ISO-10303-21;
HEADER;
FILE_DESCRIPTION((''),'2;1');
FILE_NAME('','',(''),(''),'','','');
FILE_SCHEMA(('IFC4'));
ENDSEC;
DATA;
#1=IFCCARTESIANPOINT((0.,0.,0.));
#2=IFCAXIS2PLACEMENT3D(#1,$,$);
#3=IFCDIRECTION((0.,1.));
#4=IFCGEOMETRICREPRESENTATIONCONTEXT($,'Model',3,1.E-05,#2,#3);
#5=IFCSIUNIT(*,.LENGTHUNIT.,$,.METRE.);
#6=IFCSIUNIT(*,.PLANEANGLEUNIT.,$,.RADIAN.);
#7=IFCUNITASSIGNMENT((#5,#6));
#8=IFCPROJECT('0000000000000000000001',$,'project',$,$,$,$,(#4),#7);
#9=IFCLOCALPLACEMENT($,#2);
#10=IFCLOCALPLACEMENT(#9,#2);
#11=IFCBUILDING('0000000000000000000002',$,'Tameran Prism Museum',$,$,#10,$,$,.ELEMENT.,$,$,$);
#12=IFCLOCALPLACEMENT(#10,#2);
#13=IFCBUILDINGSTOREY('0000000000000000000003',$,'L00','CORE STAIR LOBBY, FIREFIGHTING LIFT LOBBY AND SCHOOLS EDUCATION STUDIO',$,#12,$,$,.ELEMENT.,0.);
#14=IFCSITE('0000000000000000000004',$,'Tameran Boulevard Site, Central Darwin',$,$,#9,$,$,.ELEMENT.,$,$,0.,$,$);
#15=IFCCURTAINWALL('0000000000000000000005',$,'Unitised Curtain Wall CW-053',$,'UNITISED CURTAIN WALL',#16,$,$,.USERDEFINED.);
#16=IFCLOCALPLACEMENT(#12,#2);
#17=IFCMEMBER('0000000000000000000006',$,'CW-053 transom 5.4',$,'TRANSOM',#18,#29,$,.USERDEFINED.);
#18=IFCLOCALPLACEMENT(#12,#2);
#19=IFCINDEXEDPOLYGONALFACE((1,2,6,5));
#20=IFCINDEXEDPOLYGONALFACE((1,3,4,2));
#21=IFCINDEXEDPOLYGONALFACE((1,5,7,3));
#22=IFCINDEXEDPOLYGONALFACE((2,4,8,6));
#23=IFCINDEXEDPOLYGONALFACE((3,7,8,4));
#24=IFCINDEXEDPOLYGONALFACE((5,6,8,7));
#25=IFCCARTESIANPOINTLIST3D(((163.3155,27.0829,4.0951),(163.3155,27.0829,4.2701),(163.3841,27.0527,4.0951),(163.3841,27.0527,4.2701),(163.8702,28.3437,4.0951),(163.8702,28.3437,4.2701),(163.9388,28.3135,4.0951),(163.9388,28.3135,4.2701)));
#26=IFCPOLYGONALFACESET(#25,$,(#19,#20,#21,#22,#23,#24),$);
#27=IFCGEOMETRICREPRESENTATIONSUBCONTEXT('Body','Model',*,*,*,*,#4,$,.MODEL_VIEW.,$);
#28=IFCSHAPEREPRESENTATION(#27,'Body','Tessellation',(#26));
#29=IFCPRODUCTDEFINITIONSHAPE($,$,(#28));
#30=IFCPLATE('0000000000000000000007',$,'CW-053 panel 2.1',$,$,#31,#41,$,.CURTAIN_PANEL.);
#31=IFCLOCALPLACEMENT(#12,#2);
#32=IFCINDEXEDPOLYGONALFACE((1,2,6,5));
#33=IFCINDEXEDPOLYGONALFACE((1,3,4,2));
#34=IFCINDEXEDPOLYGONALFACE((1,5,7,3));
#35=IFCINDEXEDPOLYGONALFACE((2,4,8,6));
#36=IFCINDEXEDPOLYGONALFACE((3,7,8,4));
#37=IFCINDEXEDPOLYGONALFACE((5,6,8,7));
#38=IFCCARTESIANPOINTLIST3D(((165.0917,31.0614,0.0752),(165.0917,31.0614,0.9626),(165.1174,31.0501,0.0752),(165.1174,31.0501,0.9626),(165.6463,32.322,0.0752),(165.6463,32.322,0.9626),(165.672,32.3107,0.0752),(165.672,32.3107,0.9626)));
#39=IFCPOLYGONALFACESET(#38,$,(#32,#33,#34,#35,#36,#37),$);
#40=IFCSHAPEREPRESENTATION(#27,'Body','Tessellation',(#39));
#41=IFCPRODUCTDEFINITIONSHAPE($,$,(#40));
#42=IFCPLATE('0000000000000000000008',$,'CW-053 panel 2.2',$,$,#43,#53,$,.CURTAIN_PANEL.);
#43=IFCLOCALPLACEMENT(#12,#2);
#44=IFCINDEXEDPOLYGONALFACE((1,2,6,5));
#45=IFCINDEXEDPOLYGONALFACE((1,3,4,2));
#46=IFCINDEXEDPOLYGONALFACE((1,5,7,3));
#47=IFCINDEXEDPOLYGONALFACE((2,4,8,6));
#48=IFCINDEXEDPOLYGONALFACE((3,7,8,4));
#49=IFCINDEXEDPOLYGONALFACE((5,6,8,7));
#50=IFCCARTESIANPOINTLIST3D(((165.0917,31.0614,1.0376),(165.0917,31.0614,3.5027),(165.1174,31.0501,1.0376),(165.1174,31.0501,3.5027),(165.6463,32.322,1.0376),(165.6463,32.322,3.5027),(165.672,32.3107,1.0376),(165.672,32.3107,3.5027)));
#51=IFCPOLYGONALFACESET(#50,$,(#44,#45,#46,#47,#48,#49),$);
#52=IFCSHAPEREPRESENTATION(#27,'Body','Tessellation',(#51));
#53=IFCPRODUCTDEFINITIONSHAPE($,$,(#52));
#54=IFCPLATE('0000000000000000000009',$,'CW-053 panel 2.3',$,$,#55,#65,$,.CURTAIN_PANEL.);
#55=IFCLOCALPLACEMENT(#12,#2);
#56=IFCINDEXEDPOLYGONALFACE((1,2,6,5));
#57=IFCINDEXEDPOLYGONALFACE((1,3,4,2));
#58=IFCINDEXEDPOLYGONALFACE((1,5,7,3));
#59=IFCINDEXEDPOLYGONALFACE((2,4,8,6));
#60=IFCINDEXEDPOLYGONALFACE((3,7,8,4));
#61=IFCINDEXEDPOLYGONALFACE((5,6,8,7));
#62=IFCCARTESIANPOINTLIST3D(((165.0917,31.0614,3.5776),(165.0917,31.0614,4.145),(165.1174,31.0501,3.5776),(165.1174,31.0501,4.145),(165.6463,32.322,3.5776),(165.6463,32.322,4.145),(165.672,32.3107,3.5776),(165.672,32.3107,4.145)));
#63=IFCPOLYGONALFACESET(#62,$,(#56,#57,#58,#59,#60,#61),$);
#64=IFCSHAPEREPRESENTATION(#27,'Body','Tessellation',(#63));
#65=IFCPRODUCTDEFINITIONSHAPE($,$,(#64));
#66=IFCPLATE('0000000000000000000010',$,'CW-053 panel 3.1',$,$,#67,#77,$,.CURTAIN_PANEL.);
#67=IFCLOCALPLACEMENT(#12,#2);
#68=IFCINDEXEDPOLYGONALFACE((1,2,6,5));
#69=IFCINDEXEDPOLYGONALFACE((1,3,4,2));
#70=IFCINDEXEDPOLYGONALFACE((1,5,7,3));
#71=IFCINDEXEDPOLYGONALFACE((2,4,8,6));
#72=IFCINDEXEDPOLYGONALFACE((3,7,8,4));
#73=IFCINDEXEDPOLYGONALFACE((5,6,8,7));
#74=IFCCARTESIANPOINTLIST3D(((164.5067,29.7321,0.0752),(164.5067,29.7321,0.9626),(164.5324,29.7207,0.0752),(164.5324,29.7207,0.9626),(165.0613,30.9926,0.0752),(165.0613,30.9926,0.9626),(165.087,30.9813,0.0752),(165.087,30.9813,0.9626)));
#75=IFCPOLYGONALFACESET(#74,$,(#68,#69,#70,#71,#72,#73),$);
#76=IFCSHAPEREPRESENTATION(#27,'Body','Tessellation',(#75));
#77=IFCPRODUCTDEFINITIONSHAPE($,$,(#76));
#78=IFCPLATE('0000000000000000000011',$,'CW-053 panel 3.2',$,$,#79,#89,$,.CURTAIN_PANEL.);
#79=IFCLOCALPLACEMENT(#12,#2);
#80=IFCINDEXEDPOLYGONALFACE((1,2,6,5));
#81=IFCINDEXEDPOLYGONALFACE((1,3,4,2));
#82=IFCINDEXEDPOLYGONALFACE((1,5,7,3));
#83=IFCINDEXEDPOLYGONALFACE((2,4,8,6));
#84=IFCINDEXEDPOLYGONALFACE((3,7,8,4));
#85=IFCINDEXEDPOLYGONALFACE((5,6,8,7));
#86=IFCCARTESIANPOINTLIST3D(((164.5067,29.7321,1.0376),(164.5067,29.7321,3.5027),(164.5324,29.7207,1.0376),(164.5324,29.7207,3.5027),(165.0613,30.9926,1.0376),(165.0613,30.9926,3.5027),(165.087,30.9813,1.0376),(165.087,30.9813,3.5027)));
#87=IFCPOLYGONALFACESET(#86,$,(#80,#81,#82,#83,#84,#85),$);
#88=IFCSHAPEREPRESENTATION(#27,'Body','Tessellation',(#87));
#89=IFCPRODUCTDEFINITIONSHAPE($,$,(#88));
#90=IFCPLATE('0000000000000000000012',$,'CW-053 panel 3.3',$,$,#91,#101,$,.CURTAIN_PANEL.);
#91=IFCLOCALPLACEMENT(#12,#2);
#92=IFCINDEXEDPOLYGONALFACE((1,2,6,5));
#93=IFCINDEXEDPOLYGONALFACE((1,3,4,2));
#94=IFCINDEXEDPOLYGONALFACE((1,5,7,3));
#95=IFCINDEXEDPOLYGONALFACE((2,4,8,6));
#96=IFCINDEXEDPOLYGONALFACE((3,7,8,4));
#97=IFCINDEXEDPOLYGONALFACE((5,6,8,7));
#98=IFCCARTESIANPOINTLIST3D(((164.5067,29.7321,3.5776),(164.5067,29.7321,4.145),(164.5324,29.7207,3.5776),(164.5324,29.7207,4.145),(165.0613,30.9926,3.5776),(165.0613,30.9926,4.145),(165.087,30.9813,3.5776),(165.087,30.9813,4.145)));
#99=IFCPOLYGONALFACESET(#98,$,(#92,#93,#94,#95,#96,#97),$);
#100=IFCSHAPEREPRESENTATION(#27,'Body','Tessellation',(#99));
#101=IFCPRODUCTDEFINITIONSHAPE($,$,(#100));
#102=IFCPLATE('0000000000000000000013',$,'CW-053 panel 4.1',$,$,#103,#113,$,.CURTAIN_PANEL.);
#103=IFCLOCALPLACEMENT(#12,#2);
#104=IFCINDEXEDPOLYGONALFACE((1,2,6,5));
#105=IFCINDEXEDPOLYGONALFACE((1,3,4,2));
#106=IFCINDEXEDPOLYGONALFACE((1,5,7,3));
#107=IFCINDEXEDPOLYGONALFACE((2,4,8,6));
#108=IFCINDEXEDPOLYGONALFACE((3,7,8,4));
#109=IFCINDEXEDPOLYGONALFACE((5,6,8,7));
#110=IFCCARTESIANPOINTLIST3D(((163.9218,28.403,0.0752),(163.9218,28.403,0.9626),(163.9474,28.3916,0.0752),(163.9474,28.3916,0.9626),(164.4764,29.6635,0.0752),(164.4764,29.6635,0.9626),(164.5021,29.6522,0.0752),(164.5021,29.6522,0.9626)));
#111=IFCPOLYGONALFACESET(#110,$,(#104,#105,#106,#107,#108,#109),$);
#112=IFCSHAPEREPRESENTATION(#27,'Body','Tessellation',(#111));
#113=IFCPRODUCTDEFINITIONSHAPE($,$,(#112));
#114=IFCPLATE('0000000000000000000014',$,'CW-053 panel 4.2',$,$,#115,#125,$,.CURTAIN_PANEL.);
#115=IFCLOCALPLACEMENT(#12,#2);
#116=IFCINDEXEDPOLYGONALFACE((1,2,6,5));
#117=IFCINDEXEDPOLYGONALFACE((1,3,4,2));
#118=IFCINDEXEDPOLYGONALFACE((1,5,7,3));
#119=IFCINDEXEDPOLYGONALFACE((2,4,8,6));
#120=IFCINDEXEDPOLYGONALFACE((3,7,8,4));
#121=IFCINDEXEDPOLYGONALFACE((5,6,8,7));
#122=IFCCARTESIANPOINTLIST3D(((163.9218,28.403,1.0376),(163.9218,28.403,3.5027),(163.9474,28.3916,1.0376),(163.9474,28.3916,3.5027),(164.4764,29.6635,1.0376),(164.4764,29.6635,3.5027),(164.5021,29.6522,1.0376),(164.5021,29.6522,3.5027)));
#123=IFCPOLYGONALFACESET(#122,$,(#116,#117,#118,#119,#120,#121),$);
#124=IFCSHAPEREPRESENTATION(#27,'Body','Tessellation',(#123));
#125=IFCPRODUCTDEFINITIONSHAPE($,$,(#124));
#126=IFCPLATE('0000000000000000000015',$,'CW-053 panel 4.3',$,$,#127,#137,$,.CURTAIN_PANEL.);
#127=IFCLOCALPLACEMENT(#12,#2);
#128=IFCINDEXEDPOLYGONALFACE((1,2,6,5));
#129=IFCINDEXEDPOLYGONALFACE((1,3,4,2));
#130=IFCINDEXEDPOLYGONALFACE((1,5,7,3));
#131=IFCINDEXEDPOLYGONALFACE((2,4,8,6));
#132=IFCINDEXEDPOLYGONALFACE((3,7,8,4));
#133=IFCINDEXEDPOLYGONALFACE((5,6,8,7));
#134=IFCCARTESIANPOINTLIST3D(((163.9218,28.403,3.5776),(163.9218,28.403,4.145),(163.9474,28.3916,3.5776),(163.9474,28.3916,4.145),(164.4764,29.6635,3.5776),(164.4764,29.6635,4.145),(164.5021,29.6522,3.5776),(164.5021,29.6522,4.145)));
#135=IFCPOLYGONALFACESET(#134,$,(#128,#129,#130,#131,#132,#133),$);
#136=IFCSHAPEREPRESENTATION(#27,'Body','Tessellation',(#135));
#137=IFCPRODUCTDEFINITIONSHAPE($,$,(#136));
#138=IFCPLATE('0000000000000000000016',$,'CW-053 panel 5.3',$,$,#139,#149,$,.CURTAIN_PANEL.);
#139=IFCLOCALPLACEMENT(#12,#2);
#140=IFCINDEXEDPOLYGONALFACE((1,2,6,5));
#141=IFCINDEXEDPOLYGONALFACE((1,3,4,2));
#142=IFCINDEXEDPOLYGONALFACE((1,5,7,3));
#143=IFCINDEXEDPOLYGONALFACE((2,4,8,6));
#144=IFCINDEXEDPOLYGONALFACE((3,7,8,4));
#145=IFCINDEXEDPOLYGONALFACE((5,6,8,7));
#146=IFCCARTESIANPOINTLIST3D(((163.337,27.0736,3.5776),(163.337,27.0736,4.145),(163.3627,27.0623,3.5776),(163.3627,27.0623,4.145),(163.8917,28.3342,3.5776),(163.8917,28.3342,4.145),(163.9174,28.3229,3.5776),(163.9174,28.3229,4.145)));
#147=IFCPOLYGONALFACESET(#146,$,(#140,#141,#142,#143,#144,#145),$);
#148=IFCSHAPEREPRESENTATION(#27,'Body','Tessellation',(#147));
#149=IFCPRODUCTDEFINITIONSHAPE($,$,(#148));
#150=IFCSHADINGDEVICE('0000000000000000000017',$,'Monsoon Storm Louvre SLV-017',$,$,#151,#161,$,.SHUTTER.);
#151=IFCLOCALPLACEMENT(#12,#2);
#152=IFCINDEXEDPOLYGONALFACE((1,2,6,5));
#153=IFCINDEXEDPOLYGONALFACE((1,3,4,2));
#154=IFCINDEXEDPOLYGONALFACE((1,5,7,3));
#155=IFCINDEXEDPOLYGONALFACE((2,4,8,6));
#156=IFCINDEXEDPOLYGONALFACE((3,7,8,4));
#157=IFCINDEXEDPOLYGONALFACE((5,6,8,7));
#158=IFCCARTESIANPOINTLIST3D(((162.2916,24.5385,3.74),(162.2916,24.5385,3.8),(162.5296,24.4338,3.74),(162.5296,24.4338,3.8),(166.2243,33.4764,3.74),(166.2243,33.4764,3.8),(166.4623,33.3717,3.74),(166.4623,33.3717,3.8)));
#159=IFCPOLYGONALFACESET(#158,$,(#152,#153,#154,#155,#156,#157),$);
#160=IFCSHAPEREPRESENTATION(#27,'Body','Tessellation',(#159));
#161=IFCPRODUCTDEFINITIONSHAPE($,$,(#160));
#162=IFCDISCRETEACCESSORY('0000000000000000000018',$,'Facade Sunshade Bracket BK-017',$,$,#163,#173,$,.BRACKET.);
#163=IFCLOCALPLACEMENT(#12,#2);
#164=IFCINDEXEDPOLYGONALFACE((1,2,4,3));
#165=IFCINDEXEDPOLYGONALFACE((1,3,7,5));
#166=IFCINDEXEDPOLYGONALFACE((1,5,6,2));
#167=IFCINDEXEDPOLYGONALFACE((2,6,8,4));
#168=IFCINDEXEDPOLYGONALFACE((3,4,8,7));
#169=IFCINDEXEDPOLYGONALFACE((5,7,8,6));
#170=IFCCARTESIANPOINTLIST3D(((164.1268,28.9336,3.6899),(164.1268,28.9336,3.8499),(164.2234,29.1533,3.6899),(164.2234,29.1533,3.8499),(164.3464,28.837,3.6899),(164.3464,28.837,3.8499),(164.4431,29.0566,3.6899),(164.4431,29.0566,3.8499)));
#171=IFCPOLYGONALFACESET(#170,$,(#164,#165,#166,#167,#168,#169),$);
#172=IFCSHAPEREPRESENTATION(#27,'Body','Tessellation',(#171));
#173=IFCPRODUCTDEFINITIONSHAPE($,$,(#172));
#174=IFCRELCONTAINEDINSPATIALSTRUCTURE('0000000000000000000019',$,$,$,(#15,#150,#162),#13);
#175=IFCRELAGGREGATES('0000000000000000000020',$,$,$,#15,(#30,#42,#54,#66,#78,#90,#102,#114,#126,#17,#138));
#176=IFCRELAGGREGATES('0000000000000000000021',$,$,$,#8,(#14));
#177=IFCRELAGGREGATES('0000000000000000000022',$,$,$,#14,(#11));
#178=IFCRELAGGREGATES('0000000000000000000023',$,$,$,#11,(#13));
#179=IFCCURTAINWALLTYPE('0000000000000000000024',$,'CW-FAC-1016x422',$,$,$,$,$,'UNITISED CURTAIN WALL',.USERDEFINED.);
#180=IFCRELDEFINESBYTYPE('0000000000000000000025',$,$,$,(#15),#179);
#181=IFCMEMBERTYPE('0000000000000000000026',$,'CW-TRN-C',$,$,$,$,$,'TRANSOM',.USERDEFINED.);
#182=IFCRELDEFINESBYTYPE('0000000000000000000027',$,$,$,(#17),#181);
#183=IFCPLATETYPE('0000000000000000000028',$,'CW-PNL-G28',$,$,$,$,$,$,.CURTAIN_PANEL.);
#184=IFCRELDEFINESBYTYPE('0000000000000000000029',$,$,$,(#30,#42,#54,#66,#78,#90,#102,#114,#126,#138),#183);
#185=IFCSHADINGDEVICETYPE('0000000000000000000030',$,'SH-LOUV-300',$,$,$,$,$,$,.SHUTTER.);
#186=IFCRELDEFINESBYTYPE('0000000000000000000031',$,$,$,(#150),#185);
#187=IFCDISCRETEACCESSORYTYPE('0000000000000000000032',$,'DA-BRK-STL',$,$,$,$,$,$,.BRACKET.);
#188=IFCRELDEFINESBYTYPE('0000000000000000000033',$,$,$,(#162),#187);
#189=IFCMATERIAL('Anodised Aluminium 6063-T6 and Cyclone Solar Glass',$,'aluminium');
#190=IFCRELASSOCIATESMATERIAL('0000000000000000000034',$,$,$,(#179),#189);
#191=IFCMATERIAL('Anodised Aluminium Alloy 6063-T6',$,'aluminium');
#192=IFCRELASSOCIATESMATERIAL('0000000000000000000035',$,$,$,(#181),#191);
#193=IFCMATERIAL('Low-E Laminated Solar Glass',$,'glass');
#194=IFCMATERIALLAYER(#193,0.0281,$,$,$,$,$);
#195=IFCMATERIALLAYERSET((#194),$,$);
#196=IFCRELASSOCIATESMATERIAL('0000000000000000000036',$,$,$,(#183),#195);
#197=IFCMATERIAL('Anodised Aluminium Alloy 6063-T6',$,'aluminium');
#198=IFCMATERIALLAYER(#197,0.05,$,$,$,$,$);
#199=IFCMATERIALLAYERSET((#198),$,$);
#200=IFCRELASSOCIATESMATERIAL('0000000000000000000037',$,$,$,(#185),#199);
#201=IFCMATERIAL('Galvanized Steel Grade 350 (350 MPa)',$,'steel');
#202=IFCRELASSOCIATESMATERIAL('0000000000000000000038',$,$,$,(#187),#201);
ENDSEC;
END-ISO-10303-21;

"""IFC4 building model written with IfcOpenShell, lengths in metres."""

from ifc_helpers import new_model, si_unit, direction, frame, origin, origin_2d, place, context, subcontext, project, spatial, rectangle, extrude, material, layer, layer_set, material_profile, profile_set, type_object, element, aggregate, save


model = new_model("IFC4")

# Units and contexts
model_context = context("Model", 3, precision=1e-05, world=origin(), true_north=direction((0.0, 1.0)))
body_context = subcontext(model_context, "Body", "Model", "MODEL_VIEW")
ifc_project = project(units=[si_unit("LENGTHUNIT", "METRE"), si_unit("PLANEANGLEUNIT", "RADIAN")], contexts=[model_context])

# Site, building, storey
site_placement = place(None, origin())
site = spatial("IfcSite", under=ifc_project, at=site_placement, Name="Tameran Boulevard Site, Central Darwin", CompositionType="ELEMENT", RefElevation=0.0)
building_placement = place(site_placement, origin())
building = spatial("IfcBuilding", under=site, at=building_placement, Name="Tameran Prism Museum", CompositionType="ELEMENT")
storey_placement = place(building_placement, origin())
storey = spatial("IfcBuildingStorey", under=building, at=storey_placement, Name="L00", Description="CORE STAIR LOBBY, FIREFIGHTING LIFT LOBBY AND SCHOOLS EDUCATION STUDIO", CompositionType="ELEMENT", Elevation=0.0)

# Curtain wall, member, plates
ifc_material_1 = material(Name="Anodised Aluminium 6063-T6 and Cyclone Solar Glass", Category="aluminium")
curtain_wall_type = type_object("IfcCurtainWallType", Name="CW-FAC-1016x422", ElementType="UNITISED CURTAIN WALL", PredefinedType="USERDEFINED", material=ifc_material_1)
curtain_wall_placement = place(storey_placement, origin())
curtain_wall = element("IfcCurtainWall", 1, at=curtain_wall_placement, inside=storey, type_object=curtain_wall_type, Name="Unitised Curtain Wall CW-053", ObjectType="UNITISED CURTAIN WALL", PredefinedType="USERDEFINED")
ifc_material_2 = material(Name="Anodised Aluminium Alloy 6063-T6", Category="aluminium")
ifc_material_profile_1 = material_profile(ifc_material_2, rectangle(XDim=0.075, YDim=0.175, at=origin_2d()))
ifc_profile_set_1 = profile_set([ifc_material_profile_1])
member_type_1 = type_object("IfcMemberType", Name="CW-TRN-C", ElementType="TRANSOM", PredefinedType="USERDEFINED", material=ifc_profile_set_1)
member_1_placement = place(storey_placement, frame((163.9045, 28.3286, 4.1826), z_axis=(-0.402715, -0.915325, 0.0), x_axis=(0.915325, -0.402715, 0.0)))
member_1 = element("IfcMember", 2, at=member_1_placement, type_object=member_type_1, Name="CW-053 transom 5.4", ObjectType="TRANSOM", PredefinedType="USERDEFINED", context=body_context, shape_type="SweptSolid", body=[
    extrude(rectangle(XDim=0.075, YDim=0.175, at=origin_2d()), origin(), (0.0, 0.0, 1.0), 1.3774),
])
ifc_material_3 = material(Name="Low-E Laminated Solar Glass", Category="glass")
ifc_layer_1 = layer(ifc_material_3, 0.0281)
ifc_layer_set_1 = layer_set([ifc_layer_1])
plate_type = type_object("IfcPlateType", Name="CW-PNL-G28", PredefinedType="CURTAIN_PANEL", material=ifc_layer_set_1)
plate_1_placement = place(storey_placement, frame((165.3818, 31.686, 0.0752), z_axis=(0.0, 0.0, 1.0), x_axis=(-0.402722, -0.915322, 0.0)))
plate_1 = element("IfcPlate", 3, at=plate_1_placement, type_object=plate_type, Name="CW-053 panel 2.1", PredefinedType="CURTAIN_PANEL", context=body_context, shape_type="SweptSolid", body=[
    extrude(rectangle(XDim=1.3772, YDim=0.0281, at=origin_2d()), origin(), (0.0, 0.0, 1.0), 0.8875),
])
plate_2_placement = place(storey_placement, frame((165.3818, 31.686, 1.0376), z_axis=(0.0, 0.0, 1.0), x_axis=(-0.402722, -0.915322, 0.0)))
plate_2 = element("IfcPlate", 4, at=plate_2_placement, type_object=plate_type, Name="CW-053 panel 2.2", PredefinedType="CURTAIN_PANEL", context=body_context, shape_type="SweptSolid", body=[
    extrude(rectangle(XDim=1.3772, YDim=0.0281, at=origin_2d()), origin(), (0.0, 0.0, 1.0), 2.4651),
])
plate_3_placement = place(storey_placement, frame((165.3818, 31.686, 3.5776), z_axis=(0.0, 0.0, 1.0), x_axis=(-0.402722, -0.915322, 0.0)))
plate_3 = element("IfcPlate", 5, at=plate_3_placement, type_object=plate_type, Name="CW-053 panel 2.3", PredefinedType="CURTAIN_PANEL", context=body_context, shape_type="SweptSolid", body=[
    extrude(rectangle(XDim=1.3772, YDim=0.0281, at=origin_2d()), origin(), (0.0, 0.0, 1.0), 0.5674),
])
plate_4_placement = place(storey_placement, frame((164.7969, 30.3567, 0.0752), z_axis=(0.0, 0.0, 1.0), x_axis=(-0.402722, -0.915322, 0.0)))
plate_4 = element("IfcPlate", 6, at=plate_4_placement, type_object=plate_type, Name="CW-053 panel 3.1", PredefinedType="CURTAIN_PANEL", context=body_context, shape_type="SweptSolid", body=[
    extrude(rectangle(XDim=1.3772, YDim=0.0281, at=origin_2d()), origin(), (0.0, 0.0, 1.0), 0.8875),
])
plate_5_placement = place(storey_placement, frame((164.7969, 30.3567, 1.0376), z_axis=(0.0, 0.0, 1.0), x_axis=(-0.402722, -0.915322, 0.0)))
plate_5 = element("IfcPlate", 7, at=plate_5_placement, type_object=plate_type, Name="CW-053 panel 3.2", PredefinedType="CURTAIN_PANEL", context=body_context, shape_type="SweptSolid", body=[
    extrude(rectangle(XDim=1.3772, YDim=0.0281, at=origin_2d()), origin(), (0.0, 0.0, 1.0), 2.4651),
])
plate_6_placement = place(storey_placement, frame((164.7969, 30.3567, 3.5776), z_axis=(0.0, 0.0, 1.0), x_axis=(-0.402722, -0.915322, 0.0)))
plate_6 = element("IfcPlate", 8, at=plate_6_placement, type_object=plate_type, Name="CW-053 panel 3.3", PredefinedType="CURTAIN_PANEL", context=body_context, shape_type="SweptSolid", body=[
    extrude(rectangle(XDim=1.3772, YDim=0.0281, at=origin_2d()), origin(), (0.0, 0.0, 1.0), 0.5674),
])
plate_7_placement = place(storey_placement, frame((164.2119, 29.0276, 0.0752), z_axis=(0.0, 0.0, 1.0), x_axis=(-0.402722, -0.915322, 0.0)))
plate_7 = element("IfcPlate", 9, at=plate_7_placement, type_object=plate_type, Name="CW-053 panel 4.1", PredefinedType="CURTAIN_PANEL", context=body_context, shape_type="SweptSolid", body=[
    extrude(rectangle(XDim=1.3772, YDim=0.0281, at=origin_2d()), origin(), (0.0, 0.0, 1.0), 0.8875),
])
plate_8_placement = place(storey_placement, frame((164.2119, 29.0276, 1.0376), z_axis=(0.0, 0.0, 1.0), x_axis=(-0.402722, -0.915322, 0.0)))
plate_8 = element("IfcPlate", 10, at=plate_8_placement, type_object=plate_type, Name="CW-053 panel 4.2", PredefinedType="CURTAIN_PANEL", context=body_context, shape_type="SweptSolid", body=[
    extrude(rectangle(XDim=1.3772, YDim=0.0281, at=origin_2d()), origin(), (0.0, 0.0, 1.0), 2.4651),
])
plate_9_placement = place(storey_placement, frame((164.2119, 29.0276, 3.5776), z_axis=(0.0, 0.0, 1.0), x_axis=(-0.402722, -0.915322, 0.0)))
plate_9 = element("IfcPlate", 11, at=plate_9_placement, type_object=plate_type, Name="CW-053 panel 4.3", PredefinedType="CURTAIN_PANEL", context=body_context, shape_type="SweptSolid", body=[
    extrude(rectangle(XDim=1.3772, YDim=0.0281, at=origin_2d()), origin(), (0.0, 0.0, 1.0), 0.5674),
])
plate_10_placement = place(storey_placement, frame((163.6272, 27.6982, 3.5776), z_axis=(0.0, 0.0, 1.0), x_axis=(-0.402722, -0.915322, 0.0)))
plate_10 = element("IfcPlate", 12, at=plate_10_placement, type_object=plate_type, Name="CW-053 panel 5.3", PredefinedType="CURTAIN_PANEL", context=body_context, shape_type="SweptSolid", body=[
    extrude(rectangle(XDim=1.3772, YDim=0.0281, at=origin_2d()), origin(), (0.0, 0.0, 1.0), 0.5674),
])
aggregate(curtain_wall, [plate_1, plate_2, plate_3, plate_4, plate_5, plate_6, plate_7, plate_8, plate_9, member_1, plate_10])

# Shading device
ifc_material_4 = material(Name="Anodised Aluminium Alloy 6063-T6", Category="aluminium")
ifc_layer_2 = layer(ifc_material_4, 0.05)
ifc_layer_set_2 = layer_set([ifc_layer_2])
shading_device_type = type_object("IfcShadingDeviceType", Name="SH-LOUV-300", PredefinedType="SHUTTER", material=ifc_layer_set_2)
shading_device_placement = place(storey_placement, frame((164.377, 28.9551, 3.74), z_axis=(0.0, 0.0, 1.0), x_axis=(-0.402747, -0.915311, 0.0)))
element("IfcShadingDevice", 13, at=shading_device_placement, inside=storey, type_object=shading_device_type, Name="Monsoon Storm Louvre SLV-017", PredefinedType="SHUTTER", context=body_context, shape_type="SweptSolid", body=[
    extrude(rectangle(XDim=9.7649, YDim=0.26, at=origin_2d()), origin(), (0.0, 0.0, 1.0), 0.0601),
])

# Discrete accessory
ifc_material_5 = material(Name="Galvanized Steel Grade 350 (350 MPa)", Category="steel")
discrete_accessory_type = type_object("IfcDiscreteAccessoryType", Name="DA-BRK-STL", PredefinedType="BRACKET", material=ifc_material_5)
discrete_accessory_placement = place(storey_placement, frame((164.2849, 28.9951, 3.6899), z_axis=(0.0, 0.0, 1.0), x_axis=(-0.402747, -0.915311, 0.0)))
element("IfcDiscreteAccessory", 14, at=discrete_accessory_placement, inside=storey, type_object=discrete_accessory_type, Name="Facade Sunshade Bracket BK-017", PredefinedType="BRACKET", context=body_context, shape_type="SweptSolid", body=[
    extrude(rectangle(XDim=0.24, YDim=0.24, at=origin_2d()), origin(), (0.0, 0.0, 1.0), 0.1599),
])

save(model, "model.ifc")
